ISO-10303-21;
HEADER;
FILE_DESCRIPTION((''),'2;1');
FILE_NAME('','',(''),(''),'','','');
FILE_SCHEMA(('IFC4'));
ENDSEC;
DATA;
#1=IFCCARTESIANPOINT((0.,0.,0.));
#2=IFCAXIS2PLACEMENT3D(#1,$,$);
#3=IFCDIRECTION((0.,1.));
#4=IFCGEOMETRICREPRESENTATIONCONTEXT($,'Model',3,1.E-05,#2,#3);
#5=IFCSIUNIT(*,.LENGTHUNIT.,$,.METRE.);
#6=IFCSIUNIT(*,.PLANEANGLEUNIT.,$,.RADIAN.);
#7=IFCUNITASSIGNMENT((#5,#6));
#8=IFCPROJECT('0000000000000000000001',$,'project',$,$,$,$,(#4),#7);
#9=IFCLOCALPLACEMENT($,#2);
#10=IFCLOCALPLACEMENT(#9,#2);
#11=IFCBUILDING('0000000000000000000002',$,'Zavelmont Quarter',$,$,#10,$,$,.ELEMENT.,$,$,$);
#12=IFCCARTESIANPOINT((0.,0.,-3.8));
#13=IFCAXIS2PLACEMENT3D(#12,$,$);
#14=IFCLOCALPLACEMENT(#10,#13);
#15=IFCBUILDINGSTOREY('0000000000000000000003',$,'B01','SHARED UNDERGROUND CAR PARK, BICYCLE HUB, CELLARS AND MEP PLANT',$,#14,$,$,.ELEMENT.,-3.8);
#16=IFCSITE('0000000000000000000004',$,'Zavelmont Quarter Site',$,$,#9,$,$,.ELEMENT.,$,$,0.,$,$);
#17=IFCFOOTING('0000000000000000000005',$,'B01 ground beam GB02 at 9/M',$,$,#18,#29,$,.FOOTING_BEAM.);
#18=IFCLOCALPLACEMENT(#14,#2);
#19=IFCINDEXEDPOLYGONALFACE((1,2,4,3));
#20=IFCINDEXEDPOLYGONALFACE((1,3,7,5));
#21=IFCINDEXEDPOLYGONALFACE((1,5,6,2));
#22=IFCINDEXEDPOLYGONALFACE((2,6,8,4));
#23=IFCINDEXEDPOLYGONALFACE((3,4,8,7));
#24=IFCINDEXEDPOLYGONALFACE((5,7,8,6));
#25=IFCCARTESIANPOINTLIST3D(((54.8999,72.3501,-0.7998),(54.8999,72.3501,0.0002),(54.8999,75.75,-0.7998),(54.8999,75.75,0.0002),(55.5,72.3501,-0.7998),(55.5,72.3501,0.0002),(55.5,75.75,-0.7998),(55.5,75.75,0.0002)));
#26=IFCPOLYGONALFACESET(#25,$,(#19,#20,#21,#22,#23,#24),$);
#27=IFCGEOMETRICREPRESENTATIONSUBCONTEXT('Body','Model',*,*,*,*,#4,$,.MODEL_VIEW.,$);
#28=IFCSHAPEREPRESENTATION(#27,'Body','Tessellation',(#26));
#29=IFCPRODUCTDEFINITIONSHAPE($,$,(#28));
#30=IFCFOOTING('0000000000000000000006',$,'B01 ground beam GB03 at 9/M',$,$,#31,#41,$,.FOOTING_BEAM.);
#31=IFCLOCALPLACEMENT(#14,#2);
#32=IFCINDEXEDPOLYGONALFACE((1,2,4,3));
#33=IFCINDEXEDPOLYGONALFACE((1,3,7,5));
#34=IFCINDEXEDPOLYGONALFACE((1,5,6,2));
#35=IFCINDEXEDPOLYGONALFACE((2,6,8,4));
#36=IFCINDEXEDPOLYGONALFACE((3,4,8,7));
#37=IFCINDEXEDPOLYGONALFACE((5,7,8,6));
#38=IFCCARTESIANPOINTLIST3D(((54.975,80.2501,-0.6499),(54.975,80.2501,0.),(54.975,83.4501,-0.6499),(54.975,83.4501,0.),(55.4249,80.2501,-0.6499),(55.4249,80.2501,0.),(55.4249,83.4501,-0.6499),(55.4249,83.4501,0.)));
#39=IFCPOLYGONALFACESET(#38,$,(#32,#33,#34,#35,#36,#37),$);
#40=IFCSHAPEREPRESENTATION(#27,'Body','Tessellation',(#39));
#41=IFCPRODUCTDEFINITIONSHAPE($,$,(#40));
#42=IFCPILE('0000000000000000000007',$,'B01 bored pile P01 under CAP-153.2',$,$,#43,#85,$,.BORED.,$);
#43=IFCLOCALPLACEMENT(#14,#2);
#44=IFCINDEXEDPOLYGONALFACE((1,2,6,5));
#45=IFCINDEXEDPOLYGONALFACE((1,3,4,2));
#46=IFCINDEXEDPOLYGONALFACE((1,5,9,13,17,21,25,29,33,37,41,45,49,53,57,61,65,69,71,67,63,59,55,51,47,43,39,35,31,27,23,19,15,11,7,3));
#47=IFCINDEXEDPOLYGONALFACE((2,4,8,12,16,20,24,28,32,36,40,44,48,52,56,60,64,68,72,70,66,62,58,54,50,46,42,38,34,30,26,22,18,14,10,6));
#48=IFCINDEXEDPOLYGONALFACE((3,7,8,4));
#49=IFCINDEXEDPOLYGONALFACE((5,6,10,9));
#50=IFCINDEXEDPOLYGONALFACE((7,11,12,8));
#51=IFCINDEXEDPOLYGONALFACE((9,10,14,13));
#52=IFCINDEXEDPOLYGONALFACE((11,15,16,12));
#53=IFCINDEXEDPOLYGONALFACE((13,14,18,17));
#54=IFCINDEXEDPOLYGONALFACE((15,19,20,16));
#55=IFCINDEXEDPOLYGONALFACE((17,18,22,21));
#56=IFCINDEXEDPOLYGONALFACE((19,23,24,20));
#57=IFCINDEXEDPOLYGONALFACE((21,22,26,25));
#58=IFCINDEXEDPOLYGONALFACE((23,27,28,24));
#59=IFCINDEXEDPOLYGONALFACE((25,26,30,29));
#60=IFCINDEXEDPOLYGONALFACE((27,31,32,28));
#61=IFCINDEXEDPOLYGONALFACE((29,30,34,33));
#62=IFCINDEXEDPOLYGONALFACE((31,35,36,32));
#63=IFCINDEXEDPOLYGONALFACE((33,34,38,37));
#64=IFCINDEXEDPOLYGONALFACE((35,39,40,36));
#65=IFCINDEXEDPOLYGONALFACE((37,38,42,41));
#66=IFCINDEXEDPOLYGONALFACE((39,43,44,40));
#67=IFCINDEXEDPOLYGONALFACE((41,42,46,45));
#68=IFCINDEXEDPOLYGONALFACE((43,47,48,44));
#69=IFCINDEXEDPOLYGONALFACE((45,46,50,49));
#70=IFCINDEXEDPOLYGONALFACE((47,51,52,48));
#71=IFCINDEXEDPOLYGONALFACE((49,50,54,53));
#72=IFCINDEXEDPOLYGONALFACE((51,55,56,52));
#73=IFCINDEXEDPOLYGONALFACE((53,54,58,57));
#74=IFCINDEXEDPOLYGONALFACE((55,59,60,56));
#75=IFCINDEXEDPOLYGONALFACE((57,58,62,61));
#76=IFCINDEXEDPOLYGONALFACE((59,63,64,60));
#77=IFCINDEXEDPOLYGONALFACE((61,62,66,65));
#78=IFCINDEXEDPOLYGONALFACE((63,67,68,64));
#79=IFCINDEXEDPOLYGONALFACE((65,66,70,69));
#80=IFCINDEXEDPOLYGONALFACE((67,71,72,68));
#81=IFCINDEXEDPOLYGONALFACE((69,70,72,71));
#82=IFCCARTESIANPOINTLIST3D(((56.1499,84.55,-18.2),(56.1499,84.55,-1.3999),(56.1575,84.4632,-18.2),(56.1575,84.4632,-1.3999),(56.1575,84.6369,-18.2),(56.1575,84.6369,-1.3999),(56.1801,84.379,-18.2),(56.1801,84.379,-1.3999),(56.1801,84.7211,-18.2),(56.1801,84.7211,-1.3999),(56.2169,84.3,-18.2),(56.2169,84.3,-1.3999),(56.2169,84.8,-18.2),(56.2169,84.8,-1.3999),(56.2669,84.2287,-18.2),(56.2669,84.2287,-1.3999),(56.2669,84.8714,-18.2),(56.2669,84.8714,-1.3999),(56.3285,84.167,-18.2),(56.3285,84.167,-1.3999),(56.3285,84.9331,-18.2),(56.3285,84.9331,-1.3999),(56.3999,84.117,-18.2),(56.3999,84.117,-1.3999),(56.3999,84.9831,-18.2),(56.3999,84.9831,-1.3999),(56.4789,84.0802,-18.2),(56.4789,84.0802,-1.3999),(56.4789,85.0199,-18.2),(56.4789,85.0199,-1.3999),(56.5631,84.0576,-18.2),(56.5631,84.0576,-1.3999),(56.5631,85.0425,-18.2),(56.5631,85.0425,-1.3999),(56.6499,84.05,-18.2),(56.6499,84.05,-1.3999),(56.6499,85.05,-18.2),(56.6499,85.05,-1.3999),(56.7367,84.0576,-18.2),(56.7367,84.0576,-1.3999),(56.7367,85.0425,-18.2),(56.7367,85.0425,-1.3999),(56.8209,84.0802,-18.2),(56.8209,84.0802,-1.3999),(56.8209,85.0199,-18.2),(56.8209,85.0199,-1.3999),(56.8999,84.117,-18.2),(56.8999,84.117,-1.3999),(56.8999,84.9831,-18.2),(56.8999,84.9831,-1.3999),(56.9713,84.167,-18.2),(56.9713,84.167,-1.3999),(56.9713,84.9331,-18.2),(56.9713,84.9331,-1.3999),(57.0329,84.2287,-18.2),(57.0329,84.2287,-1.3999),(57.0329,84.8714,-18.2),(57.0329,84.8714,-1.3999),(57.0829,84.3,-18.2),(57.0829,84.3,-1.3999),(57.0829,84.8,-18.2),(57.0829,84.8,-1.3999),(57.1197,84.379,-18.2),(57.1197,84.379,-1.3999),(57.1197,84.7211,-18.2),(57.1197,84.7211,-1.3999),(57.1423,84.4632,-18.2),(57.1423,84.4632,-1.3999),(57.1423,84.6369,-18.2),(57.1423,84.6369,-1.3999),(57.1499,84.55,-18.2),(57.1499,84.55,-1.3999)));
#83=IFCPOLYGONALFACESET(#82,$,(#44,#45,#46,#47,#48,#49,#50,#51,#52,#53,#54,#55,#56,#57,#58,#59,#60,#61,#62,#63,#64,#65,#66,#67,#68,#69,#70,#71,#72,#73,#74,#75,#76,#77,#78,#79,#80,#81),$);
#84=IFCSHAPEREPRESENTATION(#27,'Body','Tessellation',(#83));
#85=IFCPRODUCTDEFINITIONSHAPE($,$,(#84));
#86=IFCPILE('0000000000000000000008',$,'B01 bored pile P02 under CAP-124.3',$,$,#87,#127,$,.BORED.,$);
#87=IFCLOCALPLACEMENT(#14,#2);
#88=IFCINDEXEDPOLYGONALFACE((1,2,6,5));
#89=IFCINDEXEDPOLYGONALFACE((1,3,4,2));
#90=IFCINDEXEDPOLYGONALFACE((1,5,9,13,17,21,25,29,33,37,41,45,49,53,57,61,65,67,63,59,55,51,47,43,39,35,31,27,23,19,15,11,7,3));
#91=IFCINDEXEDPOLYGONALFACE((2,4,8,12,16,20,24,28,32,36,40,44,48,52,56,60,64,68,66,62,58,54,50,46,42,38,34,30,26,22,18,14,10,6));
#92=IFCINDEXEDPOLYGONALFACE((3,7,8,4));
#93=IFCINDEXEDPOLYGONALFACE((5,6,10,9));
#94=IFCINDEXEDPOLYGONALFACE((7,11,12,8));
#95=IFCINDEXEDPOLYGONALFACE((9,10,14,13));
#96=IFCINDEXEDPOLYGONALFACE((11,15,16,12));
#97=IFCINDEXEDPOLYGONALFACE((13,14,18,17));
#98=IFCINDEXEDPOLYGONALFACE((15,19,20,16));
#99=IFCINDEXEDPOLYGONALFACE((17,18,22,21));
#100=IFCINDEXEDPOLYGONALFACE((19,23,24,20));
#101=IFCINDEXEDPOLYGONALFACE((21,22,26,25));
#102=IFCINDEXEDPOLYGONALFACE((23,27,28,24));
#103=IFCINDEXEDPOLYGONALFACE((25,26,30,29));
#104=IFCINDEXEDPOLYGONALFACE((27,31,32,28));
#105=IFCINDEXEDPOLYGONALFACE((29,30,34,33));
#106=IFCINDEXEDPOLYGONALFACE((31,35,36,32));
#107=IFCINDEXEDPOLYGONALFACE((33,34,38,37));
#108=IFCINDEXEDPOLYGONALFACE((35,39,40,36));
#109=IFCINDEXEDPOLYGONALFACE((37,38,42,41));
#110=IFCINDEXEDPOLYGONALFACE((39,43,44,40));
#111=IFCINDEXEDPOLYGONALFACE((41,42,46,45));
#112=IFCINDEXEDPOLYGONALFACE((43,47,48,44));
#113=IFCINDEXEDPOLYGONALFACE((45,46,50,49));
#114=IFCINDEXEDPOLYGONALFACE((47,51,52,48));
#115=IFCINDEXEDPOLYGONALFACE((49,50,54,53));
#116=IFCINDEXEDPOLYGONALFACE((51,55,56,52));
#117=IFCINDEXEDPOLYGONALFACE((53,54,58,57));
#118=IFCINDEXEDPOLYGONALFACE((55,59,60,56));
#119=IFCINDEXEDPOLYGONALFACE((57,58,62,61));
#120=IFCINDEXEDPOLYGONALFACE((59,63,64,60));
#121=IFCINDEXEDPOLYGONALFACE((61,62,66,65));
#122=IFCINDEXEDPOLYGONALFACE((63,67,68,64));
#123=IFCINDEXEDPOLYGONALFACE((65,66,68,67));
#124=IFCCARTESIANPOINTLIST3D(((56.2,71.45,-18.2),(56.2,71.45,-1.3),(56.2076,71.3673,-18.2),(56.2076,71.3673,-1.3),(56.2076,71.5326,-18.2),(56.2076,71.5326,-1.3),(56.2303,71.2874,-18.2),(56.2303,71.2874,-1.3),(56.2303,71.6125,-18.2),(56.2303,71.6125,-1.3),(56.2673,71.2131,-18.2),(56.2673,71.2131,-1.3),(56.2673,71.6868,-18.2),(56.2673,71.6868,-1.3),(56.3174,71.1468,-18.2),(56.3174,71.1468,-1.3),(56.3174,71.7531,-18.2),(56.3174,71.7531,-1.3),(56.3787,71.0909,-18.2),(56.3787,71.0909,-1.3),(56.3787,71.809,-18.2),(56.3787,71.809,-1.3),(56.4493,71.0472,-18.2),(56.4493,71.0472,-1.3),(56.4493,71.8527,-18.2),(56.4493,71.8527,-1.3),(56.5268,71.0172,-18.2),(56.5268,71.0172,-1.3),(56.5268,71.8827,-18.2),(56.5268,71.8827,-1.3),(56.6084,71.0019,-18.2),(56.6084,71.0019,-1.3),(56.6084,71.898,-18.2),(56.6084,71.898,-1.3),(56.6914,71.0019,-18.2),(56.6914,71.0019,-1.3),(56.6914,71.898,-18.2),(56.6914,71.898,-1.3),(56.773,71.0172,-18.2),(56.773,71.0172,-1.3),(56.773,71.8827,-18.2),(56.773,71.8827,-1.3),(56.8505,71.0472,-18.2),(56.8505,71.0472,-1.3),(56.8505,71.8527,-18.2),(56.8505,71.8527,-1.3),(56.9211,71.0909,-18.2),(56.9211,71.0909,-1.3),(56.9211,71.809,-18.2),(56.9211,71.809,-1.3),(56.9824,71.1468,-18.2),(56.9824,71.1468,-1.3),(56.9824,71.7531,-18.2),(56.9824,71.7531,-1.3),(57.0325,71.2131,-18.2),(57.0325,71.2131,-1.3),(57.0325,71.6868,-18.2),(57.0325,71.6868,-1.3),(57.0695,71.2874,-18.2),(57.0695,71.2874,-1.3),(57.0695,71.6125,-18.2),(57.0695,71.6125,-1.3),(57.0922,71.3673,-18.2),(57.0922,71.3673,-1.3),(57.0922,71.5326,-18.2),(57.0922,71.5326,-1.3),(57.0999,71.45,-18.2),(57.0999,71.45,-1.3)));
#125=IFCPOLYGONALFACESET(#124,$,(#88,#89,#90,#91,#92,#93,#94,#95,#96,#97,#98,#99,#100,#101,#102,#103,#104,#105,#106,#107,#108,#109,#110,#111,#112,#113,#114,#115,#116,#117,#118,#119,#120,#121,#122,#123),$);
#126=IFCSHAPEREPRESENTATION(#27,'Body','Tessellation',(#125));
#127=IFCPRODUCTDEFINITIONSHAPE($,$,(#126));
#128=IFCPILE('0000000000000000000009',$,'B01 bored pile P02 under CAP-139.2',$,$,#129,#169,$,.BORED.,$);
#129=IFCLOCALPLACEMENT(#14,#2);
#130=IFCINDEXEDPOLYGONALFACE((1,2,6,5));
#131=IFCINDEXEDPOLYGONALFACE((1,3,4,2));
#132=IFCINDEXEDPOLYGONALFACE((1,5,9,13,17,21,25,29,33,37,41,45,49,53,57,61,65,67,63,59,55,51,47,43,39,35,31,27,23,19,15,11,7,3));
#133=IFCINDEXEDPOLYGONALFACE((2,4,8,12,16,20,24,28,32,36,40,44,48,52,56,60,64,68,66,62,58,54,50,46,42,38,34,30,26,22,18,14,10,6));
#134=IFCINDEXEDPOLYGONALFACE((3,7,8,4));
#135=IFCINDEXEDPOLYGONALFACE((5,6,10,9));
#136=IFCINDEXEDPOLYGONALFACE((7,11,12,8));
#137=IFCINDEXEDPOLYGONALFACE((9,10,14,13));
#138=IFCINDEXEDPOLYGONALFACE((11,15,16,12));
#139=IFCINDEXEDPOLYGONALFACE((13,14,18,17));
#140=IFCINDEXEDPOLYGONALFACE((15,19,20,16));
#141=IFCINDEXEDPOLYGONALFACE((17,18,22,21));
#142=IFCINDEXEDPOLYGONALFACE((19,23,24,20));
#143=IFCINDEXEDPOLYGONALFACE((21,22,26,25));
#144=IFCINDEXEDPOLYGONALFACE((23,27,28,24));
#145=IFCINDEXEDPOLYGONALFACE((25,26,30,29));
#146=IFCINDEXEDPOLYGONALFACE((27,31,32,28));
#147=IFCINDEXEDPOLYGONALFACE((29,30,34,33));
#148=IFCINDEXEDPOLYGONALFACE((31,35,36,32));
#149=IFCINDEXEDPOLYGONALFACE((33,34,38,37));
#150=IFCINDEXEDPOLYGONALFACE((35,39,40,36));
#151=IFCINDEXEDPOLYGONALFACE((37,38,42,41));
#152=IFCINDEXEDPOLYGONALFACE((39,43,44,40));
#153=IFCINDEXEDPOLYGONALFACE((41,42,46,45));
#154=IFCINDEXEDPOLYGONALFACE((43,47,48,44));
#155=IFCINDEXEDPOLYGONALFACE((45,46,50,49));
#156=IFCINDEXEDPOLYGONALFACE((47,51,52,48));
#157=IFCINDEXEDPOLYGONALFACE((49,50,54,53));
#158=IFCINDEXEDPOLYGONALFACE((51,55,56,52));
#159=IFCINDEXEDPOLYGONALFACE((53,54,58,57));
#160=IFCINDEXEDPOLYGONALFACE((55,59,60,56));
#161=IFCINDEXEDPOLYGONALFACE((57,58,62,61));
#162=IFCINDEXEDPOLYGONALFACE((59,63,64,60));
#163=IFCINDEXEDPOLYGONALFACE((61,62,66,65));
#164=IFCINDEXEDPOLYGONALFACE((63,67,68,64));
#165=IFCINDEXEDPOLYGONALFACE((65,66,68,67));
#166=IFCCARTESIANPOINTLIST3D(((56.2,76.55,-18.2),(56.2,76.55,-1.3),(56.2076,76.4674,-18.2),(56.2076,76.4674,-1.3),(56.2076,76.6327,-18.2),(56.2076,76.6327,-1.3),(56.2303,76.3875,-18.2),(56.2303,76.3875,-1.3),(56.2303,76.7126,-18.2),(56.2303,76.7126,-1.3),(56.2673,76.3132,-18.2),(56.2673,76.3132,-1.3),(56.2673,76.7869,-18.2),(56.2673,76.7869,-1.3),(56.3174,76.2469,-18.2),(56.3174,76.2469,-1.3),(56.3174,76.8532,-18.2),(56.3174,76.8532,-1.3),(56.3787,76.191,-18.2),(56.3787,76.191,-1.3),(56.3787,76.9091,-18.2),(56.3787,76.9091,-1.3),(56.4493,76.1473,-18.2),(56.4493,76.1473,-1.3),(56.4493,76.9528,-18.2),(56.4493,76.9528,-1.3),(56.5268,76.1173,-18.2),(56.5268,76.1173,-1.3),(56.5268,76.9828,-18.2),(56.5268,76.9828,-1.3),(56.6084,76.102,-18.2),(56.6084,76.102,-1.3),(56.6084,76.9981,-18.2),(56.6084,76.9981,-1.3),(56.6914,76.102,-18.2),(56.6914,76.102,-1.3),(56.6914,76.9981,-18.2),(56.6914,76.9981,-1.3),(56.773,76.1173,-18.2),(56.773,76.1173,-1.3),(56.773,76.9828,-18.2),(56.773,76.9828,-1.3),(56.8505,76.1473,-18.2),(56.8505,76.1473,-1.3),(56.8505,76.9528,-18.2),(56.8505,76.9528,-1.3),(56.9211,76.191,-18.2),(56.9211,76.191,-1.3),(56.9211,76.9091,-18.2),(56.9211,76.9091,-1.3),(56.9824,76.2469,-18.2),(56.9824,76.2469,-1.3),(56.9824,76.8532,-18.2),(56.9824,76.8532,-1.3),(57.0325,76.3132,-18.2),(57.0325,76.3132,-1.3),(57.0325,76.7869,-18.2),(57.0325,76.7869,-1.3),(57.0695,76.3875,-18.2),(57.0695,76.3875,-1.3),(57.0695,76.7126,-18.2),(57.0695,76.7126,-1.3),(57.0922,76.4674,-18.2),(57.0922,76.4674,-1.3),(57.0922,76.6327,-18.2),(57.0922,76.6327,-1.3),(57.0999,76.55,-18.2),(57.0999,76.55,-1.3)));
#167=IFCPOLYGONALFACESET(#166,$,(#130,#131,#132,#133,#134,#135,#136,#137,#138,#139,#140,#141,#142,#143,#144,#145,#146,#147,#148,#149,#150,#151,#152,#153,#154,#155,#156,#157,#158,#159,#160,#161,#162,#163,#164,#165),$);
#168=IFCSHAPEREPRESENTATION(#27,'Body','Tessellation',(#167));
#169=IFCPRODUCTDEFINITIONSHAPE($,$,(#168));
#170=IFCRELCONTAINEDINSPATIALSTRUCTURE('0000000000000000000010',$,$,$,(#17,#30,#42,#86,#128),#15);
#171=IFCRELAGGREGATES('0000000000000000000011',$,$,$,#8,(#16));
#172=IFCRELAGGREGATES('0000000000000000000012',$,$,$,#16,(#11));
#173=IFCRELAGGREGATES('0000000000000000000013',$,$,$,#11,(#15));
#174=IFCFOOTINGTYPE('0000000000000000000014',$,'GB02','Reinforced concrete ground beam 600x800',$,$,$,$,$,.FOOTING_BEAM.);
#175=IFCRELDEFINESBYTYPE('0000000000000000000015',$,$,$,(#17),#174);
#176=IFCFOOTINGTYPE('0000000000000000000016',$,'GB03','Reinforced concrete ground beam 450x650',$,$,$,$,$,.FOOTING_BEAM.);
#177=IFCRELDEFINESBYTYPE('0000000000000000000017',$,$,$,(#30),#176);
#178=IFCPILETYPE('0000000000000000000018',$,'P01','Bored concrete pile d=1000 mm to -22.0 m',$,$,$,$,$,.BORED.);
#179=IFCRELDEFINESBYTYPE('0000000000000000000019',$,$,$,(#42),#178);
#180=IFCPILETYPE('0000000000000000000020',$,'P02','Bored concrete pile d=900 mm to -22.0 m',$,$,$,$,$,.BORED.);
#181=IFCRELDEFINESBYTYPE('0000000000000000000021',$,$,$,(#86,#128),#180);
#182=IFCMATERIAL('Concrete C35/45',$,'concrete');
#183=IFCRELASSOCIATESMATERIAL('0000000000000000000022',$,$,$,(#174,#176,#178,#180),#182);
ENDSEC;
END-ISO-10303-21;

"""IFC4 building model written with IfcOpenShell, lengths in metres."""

from ifc_helpers import new_model, si_unit, direction, frame, origin, origin_2d, place, context, subcontext, project, spatial, rectangle, circle, extrude, material, material_profile, profile_set, type_object, element, save


model = new_model("IFC4")

# Units and contexts
model_context = context("Model", 3, precision=1e-05, world=origin(), true_north=direction((0.0, 1.0)))
body_context = subcontext(model_context, "Body", "Model", "MODEL_VIEW")
ifc_project = project(units=[si_unit("LENGTHUNIT", "METRE"), si_unit("PLANEANGLEUNIT", "RADIAN")], contexts=[model_context])

# Site, building, storey
site_placement = place(None, origin())
site = spatial("IfcSite", under=ifc_project, at=site_placement, Name="Zavelmont Quarter Site", CompositionType="ELEMENT", RefElevation=0.0)
building_placement = place(site_placement, origin())
building = spatial("IfcBuilding", under=site, at=building_placement, Name="Zavelmont Quarter", CompositionType="ELEMENT")
storey_placement = place(building_placement, frame((0.0, 0.0, -3.8)))
storey = spatial("IfcBuildingStorey", under=building, at=storey_placement, Name="B01", Description="SHARED UNDERGROUND CAR PARK, BICYCLE HUB, CELLARS AND MEP PLANT", CompositionType="ELEMENT", Elevation=-3.8)

# Footings
ifc_material_1 = material(Name="Concrete C35/45", Category="concrete")
footing_type_1 = type_object("IfcFootingType", Name="GB02", Description="Reinforced concrete ground beam 600x800", PredefinedType="FOOTING_BEAM", material=ifc_material_1)
footing_1_placement = place(storey_placement, frame((55.2, 74.05, -0.7998), z_axis=(0.0, 0.0, 1.0), x_axis=(0.0, 1.0, 0.0)))
element("IfcFooting", 1, at=footing_1_placement, inside=storey, type_object=footing_type_1, Name="B01 ground beam GB02 at 9/M", PredefinedType="FOOTING_BEAM", context=body_context, shape_type="SweptSolid", body=[
    extrude(rectangle(XDim=3.3999, YDim=0.6001, at=origin_2d()), origin(), (0.0, 0.0, 1.0), 0.8),
])
footing_type_2 = type_object("IfcFootingType", Name="GB03", Description="Reinforced concrete ground beam 450x650", PredefinedType="FOOTING_BEAM", material=ifc_material_1)
footing_2_placement = place(storey_placement, frame((55.2, 81.8501, -0.6499), z_axis=(0.0, 0.0, 1.0), x_axis=(0.0, 1.0, 0.0)))
element("IfcFooting", 2, at=footing_2_placement, inside=storey, type_object=footing_type_2, Name="B01 ground beam GB03 at 9/M", PredefinedType="FOOTING_BEAM", context=body_context, shape_type="SweptSolid", body=[
    extrude(rectangle(XDim=3.2, YDim=0.45, at=origin_2d()), origin(), (0.0, 0.0, 1.0), 0.6499),
])

# Piles
ifc_material_profile_1 = material_profile(ifc_material_1, circle(Radius=0.5, at=origin_2d()), Name="BP1000")
ifc_profile_set_1 = profile_set([ifc_material_profile_1], Name="Concrete C35/45")
pile_type_1 = type_object("IfcPileType", Name="P01", Description="Bored concrete pile d=1000 mm to -22.0 m", PredefinedType="BORED", material=ifc_profile_set_1)
pile_placement = place(storey_placement, frame((56.6499, 84.55, -1.3999), z_axis=(0.0, 0.0, -1.0), x_axis=(1.0, 0.0, 0.0)))
element("IfcPile", 3, at=pile_placement, inside=storey, type_object=pile_type_1, Name="B01 bored pile P01 under CAP-153.2", PredefinedType="BORED", context=body_context, shape_type="SweptSolid", body=[
    extrude(circle(Radius=0.5, at=origin_2d()), origin(), (0.0, 0.0, 1.0), 16.8),
])
ifc_material_profile_2 = material_profile(ifc_material_1, circle(Radius=0.45, at=origin_2d()), Name="BP900")
ifc_profile_set_2 = profile_set([ifc_material_profile_2], Name="Concrete C35/45")
pile_type_2 = type_object("IfcPileType", Name="P02", Description="Bored concrete pile d=900 mm to -22.0 m", PredefinedType="BORED", material=ifc_profile_set_2)
for number, where, z_axis, x_axis, name in (
    (4, (56.6499, 71.45, -1.3), (0.0, 0.0, -1.0), (1.0, 0.0, 0.0), "B01 bored pile P02 under CAP-124.3"),
    (5, (56.6499, 76.55, -1.3), (0.0, 0.0, -1.0), (1.0, 0.0, 0.0), "B01 bored pile P02 under CAP-139.2"),
):
    element("IfcPile", number, at=place(storey_placement, frame(where, z_axis=z_axis, x_axis=x_axis)), inside=storey, type_object=pile_type_2, Name=name, PredefinedType="BORED", context=body_context, shape_type="SweptSolid", body=[
        extrude(circle(Radius=0.45, at=origin_2d()), origin(), (0.0, 0.0, 1.0), 16.8999),
    ])

save(model, "model.ifc")
